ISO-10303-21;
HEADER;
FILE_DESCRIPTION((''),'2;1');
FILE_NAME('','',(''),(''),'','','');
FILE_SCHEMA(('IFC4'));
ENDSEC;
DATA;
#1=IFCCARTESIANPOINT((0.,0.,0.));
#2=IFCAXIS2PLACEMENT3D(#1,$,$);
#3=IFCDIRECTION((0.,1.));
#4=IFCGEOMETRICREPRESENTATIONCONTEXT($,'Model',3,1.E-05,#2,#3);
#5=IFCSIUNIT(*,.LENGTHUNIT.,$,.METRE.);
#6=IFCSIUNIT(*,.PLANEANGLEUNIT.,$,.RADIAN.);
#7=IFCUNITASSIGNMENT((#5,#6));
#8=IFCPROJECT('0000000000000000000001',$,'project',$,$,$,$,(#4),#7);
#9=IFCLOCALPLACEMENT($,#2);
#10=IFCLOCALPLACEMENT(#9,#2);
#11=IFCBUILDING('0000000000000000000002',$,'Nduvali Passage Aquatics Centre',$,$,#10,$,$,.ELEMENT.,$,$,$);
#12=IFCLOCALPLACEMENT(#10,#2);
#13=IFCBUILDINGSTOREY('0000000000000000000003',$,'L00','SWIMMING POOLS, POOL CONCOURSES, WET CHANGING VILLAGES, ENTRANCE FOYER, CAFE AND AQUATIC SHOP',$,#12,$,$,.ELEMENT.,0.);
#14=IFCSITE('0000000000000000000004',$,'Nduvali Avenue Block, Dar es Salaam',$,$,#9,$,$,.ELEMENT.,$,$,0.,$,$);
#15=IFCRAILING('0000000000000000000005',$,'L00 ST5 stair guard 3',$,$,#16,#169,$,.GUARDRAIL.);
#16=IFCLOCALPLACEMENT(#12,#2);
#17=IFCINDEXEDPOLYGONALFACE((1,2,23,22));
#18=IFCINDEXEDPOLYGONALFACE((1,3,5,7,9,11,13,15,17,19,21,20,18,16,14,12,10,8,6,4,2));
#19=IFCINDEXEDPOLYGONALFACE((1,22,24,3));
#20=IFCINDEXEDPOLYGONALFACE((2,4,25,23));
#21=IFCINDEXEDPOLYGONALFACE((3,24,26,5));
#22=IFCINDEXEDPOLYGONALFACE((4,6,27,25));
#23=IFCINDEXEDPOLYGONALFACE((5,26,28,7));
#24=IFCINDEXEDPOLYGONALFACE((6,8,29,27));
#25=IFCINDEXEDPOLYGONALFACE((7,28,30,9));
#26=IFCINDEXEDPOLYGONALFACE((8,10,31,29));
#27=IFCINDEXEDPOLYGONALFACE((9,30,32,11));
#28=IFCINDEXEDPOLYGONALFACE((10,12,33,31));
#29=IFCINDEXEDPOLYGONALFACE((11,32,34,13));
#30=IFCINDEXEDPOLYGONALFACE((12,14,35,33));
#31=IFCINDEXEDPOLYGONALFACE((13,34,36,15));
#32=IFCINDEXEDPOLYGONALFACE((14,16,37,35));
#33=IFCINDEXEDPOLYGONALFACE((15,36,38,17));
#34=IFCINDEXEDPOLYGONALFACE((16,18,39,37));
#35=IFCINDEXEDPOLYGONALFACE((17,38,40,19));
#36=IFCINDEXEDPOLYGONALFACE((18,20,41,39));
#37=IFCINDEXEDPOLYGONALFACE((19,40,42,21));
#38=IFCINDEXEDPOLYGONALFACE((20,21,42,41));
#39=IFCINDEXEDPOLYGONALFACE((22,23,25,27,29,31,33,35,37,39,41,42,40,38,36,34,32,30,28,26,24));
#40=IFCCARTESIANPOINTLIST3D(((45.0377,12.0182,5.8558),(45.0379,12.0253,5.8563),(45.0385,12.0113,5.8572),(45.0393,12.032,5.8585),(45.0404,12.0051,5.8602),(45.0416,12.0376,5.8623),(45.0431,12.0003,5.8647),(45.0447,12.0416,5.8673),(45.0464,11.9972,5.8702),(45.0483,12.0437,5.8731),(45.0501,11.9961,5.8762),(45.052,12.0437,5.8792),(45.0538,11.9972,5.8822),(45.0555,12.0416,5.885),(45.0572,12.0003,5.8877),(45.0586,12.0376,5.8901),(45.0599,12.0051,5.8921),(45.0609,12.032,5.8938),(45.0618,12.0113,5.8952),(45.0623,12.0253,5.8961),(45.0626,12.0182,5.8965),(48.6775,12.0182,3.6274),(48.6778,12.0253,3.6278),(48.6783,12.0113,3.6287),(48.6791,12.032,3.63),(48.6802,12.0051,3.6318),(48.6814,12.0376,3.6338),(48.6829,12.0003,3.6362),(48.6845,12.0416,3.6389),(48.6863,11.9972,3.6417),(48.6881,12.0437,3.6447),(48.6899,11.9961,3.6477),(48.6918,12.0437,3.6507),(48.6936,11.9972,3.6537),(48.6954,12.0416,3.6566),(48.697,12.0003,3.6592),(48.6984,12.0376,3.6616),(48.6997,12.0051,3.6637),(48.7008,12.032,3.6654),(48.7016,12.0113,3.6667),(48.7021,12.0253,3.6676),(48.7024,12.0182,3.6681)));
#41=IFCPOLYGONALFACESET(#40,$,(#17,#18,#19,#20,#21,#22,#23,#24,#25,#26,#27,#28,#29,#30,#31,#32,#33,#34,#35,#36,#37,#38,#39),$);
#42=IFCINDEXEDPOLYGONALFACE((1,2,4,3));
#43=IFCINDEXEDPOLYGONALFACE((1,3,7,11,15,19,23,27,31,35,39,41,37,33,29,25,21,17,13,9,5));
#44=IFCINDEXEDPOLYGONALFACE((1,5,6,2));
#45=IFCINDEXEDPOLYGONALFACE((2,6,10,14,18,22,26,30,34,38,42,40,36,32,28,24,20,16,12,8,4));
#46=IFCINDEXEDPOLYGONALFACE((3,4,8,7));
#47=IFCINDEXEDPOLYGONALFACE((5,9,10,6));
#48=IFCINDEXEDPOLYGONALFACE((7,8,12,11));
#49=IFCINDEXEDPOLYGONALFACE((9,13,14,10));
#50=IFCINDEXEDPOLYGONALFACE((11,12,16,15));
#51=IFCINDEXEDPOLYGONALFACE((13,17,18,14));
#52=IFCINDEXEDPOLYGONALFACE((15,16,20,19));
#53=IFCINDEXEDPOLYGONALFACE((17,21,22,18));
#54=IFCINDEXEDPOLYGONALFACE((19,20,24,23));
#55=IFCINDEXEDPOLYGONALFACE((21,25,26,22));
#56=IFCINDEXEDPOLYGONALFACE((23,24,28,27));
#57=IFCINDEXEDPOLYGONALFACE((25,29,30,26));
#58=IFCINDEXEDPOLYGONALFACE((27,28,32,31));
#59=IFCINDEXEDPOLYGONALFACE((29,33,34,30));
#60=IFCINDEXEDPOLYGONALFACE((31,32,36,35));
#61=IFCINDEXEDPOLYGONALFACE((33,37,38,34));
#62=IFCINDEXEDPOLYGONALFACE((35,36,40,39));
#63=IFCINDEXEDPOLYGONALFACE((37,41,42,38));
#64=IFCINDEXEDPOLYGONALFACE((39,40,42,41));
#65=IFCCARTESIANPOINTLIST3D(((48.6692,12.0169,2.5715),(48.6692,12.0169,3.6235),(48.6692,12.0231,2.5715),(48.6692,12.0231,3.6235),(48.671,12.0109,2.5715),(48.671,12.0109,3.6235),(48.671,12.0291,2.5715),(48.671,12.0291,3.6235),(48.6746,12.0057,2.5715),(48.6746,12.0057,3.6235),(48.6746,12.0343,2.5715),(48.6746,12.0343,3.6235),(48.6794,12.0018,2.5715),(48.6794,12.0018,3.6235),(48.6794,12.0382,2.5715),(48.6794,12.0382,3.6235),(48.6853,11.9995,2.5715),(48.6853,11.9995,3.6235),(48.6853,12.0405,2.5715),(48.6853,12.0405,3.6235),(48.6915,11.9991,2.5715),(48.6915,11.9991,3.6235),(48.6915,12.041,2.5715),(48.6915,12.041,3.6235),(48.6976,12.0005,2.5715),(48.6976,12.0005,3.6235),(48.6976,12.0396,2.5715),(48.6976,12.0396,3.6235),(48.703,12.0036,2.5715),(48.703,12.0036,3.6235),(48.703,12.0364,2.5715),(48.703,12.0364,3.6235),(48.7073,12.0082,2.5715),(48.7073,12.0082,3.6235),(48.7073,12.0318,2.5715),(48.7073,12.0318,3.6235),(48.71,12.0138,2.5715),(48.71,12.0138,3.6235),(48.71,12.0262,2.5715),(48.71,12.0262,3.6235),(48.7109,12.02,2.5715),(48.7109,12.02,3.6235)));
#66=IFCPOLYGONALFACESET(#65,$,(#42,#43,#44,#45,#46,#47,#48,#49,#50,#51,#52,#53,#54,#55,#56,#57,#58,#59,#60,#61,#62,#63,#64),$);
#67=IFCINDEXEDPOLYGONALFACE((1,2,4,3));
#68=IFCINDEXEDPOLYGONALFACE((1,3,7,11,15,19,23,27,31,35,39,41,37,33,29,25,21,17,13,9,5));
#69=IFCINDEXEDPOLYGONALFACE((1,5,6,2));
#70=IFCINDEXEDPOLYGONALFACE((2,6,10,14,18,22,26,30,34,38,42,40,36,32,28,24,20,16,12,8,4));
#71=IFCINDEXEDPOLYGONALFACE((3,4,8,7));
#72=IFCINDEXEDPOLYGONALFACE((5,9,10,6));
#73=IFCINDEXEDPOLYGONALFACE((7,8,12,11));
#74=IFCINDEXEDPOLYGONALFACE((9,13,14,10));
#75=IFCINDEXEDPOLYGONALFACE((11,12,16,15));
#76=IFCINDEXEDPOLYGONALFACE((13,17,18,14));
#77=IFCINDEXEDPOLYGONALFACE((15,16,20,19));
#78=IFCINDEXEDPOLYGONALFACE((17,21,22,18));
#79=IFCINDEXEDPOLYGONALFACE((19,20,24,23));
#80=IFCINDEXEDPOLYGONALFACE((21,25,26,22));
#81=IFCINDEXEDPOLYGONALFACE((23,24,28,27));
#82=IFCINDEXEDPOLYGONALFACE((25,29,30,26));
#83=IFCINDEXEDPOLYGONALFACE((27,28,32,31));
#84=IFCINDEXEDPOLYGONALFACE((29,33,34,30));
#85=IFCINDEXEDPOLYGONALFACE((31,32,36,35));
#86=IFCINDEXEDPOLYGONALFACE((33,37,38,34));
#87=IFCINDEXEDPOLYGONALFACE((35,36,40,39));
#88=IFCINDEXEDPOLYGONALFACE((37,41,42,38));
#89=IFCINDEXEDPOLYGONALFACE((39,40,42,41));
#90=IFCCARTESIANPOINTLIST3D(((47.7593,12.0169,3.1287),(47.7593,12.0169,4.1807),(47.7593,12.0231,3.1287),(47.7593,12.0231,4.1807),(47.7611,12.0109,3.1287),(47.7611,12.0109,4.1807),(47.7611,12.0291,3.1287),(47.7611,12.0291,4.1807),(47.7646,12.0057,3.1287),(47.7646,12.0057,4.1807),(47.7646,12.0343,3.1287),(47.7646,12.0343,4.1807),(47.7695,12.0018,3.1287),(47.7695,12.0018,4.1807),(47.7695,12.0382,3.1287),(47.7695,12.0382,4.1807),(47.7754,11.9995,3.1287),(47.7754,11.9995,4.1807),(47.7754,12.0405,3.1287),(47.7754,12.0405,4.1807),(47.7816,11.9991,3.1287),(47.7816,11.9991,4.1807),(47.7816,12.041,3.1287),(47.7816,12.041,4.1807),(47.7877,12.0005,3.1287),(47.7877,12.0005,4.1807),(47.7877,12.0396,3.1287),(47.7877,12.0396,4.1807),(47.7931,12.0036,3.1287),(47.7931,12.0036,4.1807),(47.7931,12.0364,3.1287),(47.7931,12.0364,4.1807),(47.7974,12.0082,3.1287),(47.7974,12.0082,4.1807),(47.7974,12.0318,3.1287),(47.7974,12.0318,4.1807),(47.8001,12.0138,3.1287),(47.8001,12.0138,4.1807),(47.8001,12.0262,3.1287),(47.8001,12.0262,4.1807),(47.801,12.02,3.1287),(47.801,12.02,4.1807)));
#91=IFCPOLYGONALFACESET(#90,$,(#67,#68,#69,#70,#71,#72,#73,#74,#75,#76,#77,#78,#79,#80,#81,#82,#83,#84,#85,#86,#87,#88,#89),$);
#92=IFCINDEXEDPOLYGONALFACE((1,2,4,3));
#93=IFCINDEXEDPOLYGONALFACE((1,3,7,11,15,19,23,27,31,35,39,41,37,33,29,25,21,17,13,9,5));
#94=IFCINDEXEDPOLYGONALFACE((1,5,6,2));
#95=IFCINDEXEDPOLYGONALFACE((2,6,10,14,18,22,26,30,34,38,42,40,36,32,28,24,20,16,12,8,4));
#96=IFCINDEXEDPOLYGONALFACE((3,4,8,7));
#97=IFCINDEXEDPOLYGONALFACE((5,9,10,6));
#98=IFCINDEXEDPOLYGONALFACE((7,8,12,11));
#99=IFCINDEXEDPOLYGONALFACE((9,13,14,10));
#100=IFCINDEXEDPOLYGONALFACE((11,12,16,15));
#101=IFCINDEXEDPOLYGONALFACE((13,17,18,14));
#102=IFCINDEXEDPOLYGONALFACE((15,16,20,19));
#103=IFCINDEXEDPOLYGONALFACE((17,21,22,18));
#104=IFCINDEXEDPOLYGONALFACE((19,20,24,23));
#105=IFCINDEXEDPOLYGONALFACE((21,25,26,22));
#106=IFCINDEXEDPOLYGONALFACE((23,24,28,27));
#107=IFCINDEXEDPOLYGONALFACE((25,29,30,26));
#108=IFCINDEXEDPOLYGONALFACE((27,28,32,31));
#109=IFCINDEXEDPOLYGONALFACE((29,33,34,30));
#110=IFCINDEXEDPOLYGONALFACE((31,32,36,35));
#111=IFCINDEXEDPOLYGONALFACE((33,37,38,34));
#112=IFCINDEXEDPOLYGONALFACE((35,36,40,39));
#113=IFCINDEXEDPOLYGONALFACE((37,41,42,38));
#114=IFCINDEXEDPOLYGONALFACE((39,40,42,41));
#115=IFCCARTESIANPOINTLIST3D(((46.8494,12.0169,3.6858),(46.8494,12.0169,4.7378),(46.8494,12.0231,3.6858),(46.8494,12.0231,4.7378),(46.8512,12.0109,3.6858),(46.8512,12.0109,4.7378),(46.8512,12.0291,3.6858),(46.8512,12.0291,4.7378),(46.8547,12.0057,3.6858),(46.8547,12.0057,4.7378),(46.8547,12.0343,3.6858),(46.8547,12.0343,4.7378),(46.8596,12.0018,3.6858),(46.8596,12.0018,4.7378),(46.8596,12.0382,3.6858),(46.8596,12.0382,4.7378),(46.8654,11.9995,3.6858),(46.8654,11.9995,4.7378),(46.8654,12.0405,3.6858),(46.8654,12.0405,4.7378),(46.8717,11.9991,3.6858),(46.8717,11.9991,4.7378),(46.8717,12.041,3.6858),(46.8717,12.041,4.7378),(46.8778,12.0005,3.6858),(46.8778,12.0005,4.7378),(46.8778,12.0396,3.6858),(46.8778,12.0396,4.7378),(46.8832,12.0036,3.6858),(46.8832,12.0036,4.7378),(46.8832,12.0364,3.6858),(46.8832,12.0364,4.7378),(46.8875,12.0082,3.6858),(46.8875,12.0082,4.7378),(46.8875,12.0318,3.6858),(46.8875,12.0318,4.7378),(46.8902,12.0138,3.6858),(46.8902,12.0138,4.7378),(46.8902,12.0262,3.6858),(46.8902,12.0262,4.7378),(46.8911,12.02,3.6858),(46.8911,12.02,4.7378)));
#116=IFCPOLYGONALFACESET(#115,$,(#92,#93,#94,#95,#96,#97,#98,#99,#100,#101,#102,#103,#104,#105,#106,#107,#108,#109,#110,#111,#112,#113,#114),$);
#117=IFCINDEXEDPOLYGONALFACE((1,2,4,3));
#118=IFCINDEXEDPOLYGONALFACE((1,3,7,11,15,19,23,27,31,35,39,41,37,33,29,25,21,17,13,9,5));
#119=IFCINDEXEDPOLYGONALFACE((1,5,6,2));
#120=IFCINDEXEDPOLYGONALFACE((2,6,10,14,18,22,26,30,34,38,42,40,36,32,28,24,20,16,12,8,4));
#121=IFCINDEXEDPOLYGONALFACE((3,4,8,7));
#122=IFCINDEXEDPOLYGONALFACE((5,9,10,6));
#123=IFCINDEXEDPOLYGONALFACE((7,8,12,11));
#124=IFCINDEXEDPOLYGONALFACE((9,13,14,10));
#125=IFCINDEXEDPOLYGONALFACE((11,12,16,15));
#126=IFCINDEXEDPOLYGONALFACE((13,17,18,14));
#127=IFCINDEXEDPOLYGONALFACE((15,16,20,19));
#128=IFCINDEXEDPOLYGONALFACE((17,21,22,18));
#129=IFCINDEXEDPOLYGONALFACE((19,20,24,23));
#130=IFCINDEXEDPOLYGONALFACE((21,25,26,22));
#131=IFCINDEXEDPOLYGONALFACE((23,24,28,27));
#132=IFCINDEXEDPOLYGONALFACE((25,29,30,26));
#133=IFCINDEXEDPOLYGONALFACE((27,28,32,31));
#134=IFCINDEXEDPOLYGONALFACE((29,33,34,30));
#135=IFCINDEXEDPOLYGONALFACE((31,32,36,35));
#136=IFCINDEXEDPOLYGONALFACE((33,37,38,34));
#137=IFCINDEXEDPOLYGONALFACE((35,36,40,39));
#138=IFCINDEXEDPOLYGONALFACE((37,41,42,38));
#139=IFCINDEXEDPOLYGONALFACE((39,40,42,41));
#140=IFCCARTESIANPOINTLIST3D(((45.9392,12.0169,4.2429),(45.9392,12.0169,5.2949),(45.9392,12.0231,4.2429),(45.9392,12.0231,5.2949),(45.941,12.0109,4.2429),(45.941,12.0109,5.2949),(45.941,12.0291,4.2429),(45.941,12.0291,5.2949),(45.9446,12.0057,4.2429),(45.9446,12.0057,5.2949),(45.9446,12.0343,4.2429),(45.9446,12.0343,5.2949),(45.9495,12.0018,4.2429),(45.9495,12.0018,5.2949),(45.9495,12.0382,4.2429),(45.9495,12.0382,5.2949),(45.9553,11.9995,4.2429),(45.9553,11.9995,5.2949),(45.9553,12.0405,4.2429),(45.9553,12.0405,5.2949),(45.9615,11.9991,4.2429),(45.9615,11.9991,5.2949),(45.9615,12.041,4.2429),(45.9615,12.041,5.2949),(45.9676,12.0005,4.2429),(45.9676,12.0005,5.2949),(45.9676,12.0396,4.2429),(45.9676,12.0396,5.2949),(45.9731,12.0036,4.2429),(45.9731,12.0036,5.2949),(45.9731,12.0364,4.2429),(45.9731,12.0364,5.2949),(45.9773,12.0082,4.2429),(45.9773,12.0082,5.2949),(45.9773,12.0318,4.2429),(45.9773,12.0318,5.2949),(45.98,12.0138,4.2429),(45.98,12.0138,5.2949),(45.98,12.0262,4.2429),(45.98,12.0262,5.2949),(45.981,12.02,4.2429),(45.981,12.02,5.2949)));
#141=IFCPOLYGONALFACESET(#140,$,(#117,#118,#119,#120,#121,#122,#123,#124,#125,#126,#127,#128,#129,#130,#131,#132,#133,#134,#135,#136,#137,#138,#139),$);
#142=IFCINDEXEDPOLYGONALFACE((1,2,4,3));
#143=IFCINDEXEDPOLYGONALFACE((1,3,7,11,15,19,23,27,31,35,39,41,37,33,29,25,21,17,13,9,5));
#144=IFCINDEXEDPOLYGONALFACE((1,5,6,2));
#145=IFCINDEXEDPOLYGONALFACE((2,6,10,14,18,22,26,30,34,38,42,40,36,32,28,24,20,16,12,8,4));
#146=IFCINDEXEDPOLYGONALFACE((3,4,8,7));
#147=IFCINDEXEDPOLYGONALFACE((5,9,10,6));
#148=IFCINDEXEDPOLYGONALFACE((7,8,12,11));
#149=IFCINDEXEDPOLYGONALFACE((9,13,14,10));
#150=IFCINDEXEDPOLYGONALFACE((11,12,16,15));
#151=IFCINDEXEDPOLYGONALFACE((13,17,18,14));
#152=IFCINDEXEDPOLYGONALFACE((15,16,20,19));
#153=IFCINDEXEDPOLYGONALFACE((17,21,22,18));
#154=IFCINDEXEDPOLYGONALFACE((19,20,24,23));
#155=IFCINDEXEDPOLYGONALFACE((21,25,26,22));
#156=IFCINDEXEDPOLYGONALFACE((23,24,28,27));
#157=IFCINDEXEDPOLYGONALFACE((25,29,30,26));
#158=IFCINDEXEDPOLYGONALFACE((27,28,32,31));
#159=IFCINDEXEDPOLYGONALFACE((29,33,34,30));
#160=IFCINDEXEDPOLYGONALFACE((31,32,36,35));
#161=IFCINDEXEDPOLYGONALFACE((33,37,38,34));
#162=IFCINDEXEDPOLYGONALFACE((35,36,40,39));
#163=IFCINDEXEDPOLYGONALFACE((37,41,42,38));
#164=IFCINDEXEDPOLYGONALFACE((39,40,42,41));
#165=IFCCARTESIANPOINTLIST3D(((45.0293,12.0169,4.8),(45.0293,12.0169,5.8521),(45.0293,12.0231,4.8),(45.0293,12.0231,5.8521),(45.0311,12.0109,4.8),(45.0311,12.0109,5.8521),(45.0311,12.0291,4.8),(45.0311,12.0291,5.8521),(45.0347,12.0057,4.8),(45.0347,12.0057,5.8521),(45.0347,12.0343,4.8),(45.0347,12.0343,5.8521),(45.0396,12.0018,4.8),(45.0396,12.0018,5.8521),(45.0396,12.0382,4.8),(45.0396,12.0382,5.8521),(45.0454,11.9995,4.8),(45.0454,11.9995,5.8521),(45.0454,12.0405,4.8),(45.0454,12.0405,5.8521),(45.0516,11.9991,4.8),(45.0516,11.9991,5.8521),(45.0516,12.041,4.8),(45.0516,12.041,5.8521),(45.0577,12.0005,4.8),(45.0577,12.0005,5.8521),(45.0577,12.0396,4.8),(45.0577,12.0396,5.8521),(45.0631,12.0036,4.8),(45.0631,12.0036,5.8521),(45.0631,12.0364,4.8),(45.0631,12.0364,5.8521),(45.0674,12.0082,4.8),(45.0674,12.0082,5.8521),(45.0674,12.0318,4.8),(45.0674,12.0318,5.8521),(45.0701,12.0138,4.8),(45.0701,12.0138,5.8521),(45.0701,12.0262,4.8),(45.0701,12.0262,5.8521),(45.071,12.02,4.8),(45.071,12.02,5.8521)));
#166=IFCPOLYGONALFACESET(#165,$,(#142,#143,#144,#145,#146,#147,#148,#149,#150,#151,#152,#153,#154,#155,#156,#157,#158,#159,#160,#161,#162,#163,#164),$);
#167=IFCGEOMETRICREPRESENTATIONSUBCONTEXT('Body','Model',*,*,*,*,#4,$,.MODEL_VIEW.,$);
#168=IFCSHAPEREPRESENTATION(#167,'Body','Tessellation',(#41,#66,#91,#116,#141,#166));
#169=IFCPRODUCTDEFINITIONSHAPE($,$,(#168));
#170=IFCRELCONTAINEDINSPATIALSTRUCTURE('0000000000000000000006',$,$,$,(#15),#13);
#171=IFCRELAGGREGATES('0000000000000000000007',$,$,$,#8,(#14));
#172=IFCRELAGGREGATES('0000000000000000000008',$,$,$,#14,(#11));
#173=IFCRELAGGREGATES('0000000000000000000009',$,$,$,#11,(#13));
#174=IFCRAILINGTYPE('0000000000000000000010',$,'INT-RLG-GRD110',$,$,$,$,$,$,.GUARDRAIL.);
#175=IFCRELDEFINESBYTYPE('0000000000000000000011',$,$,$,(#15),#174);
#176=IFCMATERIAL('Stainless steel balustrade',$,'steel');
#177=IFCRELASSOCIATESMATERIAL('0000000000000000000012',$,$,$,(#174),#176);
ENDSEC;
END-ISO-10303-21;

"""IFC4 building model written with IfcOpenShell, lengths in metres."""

from ifc_helpers import new_model, si_unit, direction, frame, origin, origin_2d, place, context, subcontext, project, spatial, circle, extrude, material, type_object, element, save


model = new_model("IFC4")

# Units and contexts
model_context = context("Model", 3, precision=1e-05, world=origin(), true_north=direction((0.0, 1.0)))
body_context = subcontext(model_context, "Body", "Model", "MODEL_VIEW")
ifc_project = project(units=[si_unit("LENGTHUNIT", "METRE"), si_unit("PLANEANGLEUNIT", "RADIAN")], contexts=[model_context])

# Site, building, storey
site_placement = place(None, origin())
site = spatial("IfcSite", under=ifc_project, at=site_placement, Name="Nduvali Avenue Block, Dar es Salaam", CompositionType="ELEMENT", RefElevation=0.0)
building_placement = place(site_placement, origin())
building = spatial("IfcBuilding", under=site, at=building_placement, Name="Nduvali Passage Aquatics Centre", CompositionType="ELEMENT")
storey_placement = place(building_placement, origin())
storey = spatial("IfcBuildingStorey", under=building, at=storey_placement, Name="L00", Description="SWIMMING POOLS, POOL CONCOURSES, WET CHANGING VILLAGES, ENTRANCE FOYER, CAFE AND AQUATIC SHOP", CompositionType="ELEMENT", Elevation=0.0)

# Railing
ifc_material_1 = material(Name="Stainless steel balustrade", Category="steel")
railing_type_1 = type_object("IfcRailingType", Name="INT-RLG-GRD110", PredefinedType="GUARDRAIL", material=ifc_material_1)
railing_1_placement = place(storey_placement, frame((48.6899, 12.02, 2.5715)))
element("IfcRailing", 1, at=railing_1_placement, inside=storey, type_object=railing_type_1, Name="L00 ST5 stair guard 3", PredefinedType="GUARDRAIL", context=body_context, shape_type="SweptSolid", body=[
    extrude(circle(Radius=0.0239, at=origin_2d()), frame((0.0, 0.0, 1.0762), z_axis=(-0.85285, 0.0, 0.522156), x_axis=(0.0, -1.0, 0.0)), (0.0, 0.0, 1.0), 4.2678),
    extrude(circle(Radius=0.021, at=origin_2d()), origin(), (0.0, 0.0, 1.0), 1.052),
    extrude(circle(Radius=0.021, at=origin_2d()), frame((-0.9099, 0.0, 0.5571)), (0.0, 0.0, 1.0), 1.052),
    extrude(circle(Radius=0.021, at=origin_2d()), frame((-1.8198, 0.0, 1.1143)), (0.0, 0.0, 1.0), 1.052),
    extrude(circle(Radius=0.021, at=origin_2d()), frame((-2.73, 0.0, 1.6714)), (0.0, 0.0, 1.0), 1.052),
    extrude(circle(Radius=0.021, at=origin_2d()), frame((-3.6399, 0.0, 2.2285)), (0.0, 0.0, 1.0), 1.052),
])

save(model, "model.ifc")
